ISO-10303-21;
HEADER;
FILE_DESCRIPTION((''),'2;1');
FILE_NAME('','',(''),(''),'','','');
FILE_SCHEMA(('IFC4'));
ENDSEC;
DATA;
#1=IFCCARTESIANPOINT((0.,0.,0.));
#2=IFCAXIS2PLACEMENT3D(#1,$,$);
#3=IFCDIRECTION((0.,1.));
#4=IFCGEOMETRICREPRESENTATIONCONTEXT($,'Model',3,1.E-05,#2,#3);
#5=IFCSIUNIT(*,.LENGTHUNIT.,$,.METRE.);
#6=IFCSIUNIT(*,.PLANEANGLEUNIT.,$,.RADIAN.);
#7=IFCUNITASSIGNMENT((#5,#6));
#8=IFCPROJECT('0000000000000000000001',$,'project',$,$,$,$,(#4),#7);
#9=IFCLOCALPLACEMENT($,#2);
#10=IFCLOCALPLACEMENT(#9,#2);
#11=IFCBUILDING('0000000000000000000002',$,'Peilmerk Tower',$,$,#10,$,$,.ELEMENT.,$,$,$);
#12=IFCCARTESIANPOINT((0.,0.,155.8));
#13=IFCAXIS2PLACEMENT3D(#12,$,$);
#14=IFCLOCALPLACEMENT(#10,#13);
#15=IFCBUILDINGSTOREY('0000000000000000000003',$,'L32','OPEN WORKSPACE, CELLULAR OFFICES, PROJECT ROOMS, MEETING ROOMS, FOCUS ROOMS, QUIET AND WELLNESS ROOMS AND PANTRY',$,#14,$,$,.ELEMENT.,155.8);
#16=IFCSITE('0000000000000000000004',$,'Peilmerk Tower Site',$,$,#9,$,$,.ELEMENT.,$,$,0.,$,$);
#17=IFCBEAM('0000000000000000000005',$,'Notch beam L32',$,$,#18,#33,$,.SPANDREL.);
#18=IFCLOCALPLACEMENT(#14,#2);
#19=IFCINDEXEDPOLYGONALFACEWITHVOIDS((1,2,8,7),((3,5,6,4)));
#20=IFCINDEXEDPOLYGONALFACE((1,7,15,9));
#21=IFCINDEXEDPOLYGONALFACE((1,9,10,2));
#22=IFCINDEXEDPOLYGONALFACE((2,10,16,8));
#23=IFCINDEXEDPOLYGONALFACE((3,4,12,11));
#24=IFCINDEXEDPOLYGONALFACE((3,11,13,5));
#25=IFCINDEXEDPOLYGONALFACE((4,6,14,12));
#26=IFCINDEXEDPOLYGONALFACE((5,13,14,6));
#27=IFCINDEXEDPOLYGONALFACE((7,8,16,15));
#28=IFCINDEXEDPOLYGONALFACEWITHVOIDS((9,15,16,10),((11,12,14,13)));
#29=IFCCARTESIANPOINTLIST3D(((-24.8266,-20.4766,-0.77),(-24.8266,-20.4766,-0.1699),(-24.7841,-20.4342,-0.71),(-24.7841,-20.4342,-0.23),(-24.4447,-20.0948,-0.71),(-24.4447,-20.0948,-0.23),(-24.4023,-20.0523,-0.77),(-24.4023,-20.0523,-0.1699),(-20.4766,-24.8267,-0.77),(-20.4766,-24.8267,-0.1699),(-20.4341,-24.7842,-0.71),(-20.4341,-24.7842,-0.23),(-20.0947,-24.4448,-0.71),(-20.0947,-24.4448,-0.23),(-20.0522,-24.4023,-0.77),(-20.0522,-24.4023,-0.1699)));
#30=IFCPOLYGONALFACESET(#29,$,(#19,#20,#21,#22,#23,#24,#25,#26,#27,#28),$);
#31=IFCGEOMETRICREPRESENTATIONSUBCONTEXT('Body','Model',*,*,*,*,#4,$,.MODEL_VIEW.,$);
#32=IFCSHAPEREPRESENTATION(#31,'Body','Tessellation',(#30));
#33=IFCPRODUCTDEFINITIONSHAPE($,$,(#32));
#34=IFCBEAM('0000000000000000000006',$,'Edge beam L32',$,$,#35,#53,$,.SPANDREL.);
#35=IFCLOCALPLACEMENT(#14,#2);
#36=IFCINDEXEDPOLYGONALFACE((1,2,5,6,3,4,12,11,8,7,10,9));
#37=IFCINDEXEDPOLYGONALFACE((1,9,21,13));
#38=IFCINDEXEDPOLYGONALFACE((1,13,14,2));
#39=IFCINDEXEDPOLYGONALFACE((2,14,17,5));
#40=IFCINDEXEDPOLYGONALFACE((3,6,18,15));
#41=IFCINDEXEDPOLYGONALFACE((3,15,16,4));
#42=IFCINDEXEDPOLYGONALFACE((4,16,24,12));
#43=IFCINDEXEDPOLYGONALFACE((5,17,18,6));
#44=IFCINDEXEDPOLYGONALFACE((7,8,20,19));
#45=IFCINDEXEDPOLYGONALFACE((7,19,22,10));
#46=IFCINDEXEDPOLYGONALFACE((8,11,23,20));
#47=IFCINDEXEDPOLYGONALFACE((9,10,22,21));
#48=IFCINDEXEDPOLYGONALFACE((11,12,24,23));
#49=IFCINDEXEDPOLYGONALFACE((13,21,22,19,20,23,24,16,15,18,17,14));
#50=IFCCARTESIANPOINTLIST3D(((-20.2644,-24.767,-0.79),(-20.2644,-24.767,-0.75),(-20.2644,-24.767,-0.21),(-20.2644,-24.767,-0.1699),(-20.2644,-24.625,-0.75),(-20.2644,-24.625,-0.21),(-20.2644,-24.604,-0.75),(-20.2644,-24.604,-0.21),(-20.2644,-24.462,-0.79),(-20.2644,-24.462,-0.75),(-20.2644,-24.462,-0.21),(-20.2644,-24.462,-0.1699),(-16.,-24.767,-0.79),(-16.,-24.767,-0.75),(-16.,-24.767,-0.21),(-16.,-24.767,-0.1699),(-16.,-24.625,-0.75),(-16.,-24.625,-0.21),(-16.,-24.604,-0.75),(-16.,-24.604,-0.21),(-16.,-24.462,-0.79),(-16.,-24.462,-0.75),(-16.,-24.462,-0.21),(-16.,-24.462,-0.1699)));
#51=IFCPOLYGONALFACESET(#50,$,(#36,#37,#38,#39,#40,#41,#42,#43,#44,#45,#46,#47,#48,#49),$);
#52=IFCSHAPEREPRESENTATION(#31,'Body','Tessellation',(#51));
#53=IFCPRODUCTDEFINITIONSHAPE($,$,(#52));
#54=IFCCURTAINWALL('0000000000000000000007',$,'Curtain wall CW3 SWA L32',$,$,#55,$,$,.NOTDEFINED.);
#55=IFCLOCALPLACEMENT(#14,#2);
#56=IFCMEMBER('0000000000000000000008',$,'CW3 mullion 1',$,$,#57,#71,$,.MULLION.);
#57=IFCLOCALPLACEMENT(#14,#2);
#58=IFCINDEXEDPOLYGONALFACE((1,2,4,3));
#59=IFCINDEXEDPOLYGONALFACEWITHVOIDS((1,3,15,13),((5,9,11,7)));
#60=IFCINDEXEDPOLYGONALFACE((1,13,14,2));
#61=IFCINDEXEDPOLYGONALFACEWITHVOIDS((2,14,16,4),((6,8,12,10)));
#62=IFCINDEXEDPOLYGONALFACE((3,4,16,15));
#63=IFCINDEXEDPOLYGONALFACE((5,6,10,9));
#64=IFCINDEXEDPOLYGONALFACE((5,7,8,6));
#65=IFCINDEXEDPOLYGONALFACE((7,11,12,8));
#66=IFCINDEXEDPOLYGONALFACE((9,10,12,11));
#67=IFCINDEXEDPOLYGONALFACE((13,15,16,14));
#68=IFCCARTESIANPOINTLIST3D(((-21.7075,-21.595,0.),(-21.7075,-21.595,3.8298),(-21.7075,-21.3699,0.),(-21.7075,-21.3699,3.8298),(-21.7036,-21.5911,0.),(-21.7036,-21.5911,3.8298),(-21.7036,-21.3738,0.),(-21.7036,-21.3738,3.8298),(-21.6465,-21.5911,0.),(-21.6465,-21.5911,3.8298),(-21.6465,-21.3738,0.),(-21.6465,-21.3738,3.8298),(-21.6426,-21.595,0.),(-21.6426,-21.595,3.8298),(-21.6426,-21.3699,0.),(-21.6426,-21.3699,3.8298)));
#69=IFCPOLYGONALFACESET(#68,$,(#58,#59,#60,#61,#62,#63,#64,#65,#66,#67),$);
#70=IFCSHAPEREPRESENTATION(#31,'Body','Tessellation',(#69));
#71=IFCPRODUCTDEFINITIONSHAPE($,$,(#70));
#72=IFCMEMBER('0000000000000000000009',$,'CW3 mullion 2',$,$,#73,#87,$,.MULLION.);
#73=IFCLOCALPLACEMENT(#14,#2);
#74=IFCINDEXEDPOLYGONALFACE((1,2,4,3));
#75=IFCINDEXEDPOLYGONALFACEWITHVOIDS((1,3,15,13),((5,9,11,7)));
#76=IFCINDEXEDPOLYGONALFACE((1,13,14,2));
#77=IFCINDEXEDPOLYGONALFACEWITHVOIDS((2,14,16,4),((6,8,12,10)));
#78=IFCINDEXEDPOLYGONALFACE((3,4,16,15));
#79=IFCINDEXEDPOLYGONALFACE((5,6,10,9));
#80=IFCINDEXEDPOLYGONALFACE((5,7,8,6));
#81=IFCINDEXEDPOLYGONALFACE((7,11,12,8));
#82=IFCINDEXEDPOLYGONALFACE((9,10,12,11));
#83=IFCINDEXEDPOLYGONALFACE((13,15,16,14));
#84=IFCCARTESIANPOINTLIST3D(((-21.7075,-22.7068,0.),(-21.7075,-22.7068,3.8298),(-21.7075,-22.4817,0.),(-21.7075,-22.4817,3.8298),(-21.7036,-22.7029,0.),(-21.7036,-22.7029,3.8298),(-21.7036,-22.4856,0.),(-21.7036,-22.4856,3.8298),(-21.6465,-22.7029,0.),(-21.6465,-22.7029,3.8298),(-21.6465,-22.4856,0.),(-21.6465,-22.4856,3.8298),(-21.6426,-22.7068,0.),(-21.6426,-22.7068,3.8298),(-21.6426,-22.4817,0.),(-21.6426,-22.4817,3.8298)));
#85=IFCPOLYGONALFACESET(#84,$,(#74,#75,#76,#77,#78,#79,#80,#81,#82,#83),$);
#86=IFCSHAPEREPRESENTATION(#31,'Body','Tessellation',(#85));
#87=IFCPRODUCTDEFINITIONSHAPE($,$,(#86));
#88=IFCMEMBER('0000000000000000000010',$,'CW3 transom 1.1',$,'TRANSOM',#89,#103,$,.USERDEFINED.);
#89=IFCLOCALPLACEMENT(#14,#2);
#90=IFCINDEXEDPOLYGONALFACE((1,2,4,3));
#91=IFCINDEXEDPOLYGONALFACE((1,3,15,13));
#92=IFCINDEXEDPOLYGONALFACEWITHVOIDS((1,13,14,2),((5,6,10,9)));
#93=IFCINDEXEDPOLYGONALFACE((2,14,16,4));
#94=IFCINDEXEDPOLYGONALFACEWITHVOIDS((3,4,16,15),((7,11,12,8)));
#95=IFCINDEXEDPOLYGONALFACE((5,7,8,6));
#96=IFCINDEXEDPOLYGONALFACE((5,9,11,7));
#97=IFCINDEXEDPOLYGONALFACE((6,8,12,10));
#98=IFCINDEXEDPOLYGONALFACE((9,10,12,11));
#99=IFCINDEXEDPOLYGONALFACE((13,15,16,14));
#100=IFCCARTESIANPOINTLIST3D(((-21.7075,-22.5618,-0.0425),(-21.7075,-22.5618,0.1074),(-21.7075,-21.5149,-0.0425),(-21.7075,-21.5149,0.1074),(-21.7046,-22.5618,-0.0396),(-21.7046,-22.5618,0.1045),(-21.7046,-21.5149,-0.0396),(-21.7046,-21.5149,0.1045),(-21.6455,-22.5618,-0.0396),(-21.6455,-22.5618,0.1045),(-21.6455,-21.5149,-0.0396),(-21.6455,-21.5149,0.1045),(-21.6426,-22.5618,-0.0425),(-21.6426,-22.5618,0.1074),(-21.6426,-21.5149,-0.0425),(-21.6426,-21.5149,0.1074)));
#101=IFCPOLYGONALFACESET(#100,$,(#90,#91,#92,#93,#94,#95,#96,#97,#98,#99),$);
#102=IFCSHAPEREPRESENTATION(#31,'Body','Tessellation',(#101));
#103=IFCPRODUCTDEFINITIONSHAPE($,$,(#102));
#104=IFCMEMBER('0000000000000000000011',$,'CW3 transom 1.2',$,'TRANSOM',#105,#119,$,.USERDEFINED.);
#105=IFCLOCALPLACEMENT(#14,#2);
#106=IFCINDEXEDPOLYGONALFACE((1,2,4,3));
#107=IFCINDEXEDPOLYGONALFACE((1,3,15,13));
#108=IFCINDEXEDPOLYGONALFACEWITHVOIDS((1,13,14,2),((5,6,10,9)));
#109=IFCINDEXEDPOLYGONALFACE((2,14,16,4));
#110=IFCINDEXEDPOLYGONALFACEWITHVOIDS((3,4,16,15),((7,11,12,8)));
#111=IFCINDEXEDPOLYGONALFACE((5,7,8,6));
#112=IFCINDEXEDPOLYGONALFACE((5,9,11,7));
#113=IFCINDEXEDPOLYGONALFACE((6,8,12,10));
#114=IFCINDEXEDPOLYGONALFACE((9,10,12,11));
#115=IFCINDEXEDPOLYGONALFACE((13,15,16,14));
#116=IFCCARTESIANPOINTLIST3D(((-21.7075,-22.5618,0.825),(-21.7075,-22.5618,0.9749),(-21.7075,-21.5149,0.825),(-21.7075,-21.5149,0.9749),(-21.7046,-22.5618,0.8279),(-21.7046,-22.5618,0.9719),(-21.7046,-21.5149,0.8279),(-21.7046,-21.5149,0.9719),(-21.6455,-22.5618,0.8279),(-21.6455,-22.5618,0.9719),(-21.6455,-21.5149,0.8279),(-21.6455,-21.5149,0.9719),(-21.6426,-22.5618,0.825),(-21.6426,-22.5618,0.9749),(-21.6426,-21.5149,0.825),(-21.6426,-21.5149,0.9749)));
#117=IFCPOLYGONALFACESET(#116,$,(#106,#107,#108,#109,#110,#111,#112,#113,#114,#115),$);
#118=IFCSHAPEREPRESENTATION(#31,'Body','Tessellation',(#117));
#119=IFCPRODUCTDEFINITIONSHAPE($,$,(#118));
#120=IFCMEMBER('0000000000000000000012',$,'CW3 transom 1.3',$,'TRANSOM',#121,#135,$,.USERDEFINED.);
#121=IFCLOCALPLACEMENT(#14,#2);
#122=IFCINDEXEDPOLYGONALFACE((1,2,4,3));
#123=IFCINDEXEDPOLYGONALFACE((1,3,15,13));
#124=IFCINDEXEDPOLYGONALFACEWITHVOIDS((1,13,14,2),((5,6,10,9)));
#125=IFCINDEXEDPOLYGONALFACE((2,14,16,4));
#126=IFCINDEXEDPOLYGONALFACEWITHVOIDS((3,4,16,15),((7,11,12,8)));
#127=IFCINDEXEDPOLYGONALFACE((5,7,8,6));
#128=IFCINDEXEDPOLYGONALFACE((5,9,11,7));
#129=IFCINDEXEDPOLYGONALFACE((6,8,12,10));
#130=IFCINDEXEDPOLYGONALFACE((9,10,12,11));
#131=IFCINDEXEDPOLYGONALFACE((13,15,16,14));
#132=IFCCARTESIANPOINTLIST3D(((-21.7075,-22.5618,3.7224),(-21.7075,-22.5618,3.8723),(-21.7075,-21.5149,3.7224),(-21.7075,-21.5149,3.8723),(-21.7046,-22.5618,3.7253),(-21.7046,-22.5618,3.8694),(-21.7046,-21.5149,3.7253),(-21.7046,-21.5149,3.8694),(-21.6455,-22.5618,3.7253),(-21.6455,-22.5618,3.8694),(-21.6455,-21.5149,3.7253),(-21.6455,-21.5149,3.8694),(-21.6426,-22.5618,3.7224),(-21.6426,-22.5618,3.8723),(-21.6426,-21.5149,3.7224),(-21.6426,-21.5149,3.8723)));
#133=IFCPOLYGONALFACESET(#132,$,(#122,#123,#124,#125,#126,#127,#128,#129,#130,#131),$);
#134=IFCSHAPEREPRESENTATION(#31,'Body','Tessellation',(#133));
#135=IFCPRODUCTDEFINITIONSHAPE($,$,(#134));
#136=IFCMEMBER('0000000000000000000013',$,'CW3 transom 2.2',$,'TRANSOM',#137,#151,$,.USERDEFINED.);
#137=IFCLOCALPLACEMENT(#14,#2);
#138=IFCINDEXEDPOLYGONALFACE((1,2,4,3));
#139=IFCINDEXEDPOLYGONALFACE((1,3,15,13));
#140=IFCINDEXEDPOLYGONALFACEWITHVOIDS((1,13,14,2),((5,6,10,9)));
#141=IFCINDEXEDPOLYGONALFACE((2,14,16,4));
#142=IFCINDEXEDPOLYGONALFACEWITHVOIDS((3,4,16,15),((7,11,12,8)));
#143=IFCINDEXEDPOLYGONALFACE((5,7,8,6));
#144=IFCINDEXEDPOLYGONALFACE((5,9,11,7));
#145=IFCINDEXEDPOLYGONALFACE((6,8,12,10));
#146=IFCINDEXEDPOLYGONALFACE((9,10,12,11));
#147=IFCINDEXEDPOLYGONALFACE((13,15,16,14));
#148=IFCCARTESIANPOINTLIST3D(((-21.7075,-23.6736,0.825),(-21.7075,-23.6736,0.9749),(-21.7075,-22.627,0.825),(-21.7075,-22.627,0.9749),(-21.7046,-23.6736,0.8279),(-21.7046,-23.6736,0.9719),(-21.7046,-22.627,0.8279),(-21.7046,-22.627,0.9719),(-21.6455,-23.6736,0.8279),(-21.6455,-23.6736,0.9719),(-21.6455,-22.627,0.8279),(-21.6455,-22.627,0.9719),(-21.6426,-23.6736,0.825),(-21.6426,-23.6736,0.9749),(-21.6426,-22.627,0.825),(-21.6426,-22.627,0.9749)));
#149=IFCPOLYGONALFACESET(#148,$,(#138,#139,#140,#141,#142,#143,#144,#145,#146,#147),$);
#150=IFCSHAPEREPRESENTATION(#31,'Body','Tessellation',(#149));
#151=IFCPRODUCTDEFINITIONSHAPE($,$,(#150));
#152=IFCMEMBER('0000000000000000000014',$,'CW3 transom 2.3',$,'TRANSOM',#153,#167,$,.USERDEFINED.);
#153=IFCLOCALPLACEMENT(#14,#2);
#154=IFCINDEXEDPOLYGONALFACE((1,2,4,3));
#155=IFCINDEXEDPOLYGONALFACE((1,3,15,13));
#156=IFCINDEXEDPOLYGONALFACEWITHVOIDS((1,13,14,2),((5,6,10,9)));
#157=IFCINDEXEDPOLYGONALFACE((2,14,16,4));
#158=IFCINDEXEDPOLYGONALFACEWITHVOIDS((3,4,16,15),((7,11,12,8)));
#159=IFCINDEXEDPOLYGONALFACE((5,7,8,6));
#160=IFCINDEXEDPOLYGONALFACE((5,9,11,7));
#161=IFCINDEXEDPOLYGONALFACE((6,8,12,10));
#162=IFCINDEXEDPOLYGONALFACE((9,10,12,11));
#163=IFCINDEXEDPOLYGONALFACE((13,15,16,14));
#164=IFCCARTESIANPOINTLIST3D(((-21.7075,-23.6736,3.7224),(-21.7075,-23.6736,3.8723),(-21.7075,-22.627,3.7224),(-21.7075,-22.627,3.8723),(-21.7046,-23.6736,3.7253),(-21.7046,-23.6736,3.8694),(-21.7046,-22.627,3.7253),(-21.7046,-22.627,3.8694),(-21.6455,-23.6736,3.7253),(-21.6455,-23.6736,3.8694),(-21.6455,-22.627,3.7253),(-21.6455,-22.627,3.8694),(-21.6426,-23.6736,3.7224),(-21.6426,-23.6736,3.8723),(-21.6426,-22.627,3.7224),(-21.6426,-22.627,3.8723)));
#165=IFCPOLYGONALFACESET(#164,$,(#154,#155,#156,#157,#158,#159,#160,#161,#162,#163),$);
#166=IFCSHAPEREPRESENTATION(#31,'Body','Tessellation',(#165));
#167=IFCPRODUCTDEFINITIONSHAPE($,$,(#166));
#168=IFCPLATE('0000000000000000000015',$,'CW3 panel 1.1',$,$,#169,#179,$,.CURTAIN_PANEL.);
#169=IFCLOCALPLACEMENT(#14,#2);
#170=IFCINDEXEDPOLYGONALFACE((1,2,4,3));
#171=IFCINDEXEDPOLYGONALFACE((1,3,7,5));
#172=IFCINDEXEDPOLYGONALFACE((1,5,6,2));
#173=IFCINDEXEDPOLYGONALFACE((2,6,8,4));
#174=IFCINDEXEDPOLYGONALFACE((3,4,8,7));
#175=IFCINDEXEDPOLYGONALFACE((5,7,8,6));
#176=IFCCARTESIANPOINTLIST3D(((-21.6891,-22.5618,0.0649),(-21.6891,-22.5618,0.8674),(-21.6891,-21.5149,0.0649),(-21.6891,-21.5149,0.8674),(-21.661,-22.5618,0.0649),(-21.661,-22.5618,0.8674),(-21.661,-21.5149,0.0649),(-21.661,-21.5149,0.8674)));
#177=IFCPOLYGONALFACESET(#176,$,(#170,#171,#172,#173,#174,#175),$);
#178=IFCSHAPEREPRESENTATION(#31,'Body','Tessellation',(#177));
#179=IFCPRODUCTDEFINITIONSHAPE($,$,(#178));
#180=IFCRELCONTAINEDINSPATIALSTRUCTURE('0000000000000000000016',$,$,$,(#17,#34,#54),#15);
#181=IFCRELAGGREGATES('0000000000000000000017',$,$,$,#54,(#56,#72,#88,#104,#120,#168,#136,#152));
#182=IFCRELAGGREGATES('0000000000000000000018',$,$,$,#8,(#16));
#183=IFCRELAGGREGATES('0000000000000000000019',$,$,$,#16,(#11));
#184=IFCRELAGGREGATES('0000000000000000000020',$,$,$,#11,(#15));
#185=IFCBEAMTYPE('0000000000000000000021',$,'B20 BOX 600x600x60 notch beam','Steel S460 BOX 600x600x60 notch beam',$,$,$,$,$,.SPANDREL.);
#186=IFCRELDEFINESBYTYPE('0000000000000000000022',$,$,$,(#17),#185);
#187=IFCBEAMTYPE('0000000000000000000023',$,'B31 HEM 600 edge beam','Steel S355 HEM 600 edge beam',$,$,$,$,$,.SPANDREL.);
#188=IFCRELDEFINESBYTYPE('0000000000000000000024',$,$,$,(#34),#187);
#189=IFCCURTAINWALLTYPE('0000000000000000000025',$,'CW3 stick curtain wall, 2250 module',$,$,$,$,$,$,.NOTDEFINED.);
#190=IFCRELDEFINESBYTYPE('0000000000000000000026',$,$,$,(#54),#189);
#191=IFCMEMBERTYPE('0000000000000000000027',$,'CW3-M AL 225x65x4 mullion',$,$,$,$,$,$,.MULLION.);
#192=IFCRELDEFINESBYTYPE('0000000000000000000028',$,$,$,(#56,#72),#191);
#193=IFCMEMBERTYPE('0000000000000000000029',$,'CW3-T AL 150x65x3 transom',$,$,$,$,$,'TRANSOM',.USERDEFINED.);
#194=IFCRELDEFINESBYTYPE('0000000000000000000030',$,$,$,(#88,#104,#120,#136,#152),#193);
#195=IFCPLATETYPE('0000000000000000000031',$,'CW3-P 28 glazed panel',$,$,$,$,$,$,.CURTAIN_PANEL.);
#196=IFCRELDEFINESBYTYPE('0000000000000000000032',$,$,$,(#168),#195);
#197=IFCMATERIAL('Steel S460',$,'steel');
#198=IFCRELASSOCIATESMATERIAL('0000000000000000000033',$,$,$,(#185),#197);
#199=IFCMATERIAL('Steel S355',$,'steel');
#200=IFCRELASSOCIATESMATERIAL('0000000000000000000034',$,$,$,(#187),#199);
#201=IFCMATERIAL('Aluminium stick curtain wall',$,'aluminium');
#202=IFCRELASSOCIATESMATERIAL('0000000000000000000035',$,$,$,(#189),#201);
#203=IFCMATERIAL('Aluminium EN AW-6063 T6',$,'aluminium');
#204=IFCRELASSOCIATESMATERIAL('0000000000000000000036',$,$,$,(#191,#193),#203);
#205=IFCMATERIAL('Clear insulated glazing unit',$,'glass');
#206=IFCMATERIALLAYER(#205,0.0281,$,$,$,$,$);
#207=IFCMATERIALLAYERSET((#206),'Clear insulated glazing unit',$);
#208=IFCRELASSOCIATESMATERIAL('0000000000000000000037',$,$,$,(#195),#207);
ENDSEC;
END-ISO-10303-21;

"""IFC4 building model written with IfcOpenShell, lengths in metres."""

from ifc_helpers import new_model, si_unit, direction, frame, origin, origin_2d, place, context, subcontext, project, spatial, rectangle, hollow_rectangle, i_section, extrude, material, layer, layer_set, material_profile, profile_set, type_object, element, aggregate, save


model = new_model("IFC4")

# Units and contexts
model_context = context("Model", 3, precision=1e-05, world=origin(), true_north=direction((0.0, 1.0)))
body_context = subcontext(model_context, "Body", "Model", "MODEL_VIEW")
ifc_project = project(units=[si_unit("LENGTHUNIT", "METRE"), si_unit("PLANEANGLEUNIT", "RADIAN")], contexts=[model_context])

# Site, building, storey
site_placement = place(None, origin())
site = spatial("IfcSite", under=ifc_project, at=site_placement, Name="Peilmerk Tower Site", CompositionType="ELEMENT", RefElevation=0.0)
building_placement = place(site_placement, origin())
building = spatial("IfcBuilding", under=site, at=building_placement, Name="Peilmerk Tower", CompositionType="ELEMENT")
storey_placement = place(building_placement, frame((0.0, 0.0, 155.8)))
storey = spatial("IfcBuildingStorey", under=building, at=storey_placement, Name="L32", Description="OPEN WORKSPACE, CELLULAR OFFICES, PROJECT ROOMS, MEETING ROOMS, FOCUS ROOMS, QUIET AND WELLNESS ROOMS AND PANTRY", CompositionType="ELEMENT", Elevation=155.8)

# Shared definitions
ifc_material_1 = material(Name="Steel S460", Category="steel")

# Beams
ifc_material_2 = material(Name="Steel S355", Category="steel")
ifc_material_profile_1 = material_profile(ifc_material_1, hollow_rectangle(XDim=0.6001, YDim=0.6001, WallThickness=0.0601, at=origin_2d()), Name="BOX 600x600x60")
ifc_profile_set_1 = profile_set([ifc_material_profile_1], Name="Steel S460")
beam_type_1 = type_object("IfcBeamType", Name="B20 BOX 600x600x60 notch beam", Description="Steel S460 BOX 600x600x60 notch beam", PredefinedType="SPANDREL", material=ifc_profile_set_1)
beam_1_placement = place(storey_placement, frame((-20.2644, -24.6145, -0.47), z_axis=(-0.707107, 0.707107, 0.0), x_axis=(-0.707107, -0.707107, 0.0)))
element("IfcBeam", 1, at=beam_1_placement, inside=storey, type_object=beam_type_1, Name="Notch beam L32", PredefinedType="SPANDREL", context=body_context, shape_type="SweptSolid", body=[
    extrude(hollow_rectangle(XDim=0.6001, YDim=0.6001, WallThickness=0.0601, at=origin_2d()), origin(), (0.0, 0.0, 1.0), 6.1519),
])
ifc_material_profile_2 = material_profile(ifc_material_2, i_section(OverallWidth=0.3049, OverallDepth=0.6201, WebThickness=0.021, FlangeThickness=0.04, at=origin_2d()), Name="HEM 600")
ifc_profile_set_2 = profile_set([ifc_material_profile_2], Name="Steel S355")
beam_type_2 = type_object("IfcBeamType", Name="B31 HEM 600 edge beam", Description="Steel S355 HEM 600 edge beam", PredefinedType="SPANDREL", material=ifc_profile_set_2)
beam_2_placement = place(storey_placement, frame((-20.2644, -24.6145, -0.48), z_axis=(1.0, 0.0, 0.0), x_axis=(0.0, 1.0, 0.0)))
element("IfcBeam", 2, at=beam_2_placement, inside=storey, type_object=beam_type_2, Name="Edge beam L32", PredefinedType="SPANDREL", context=body_context, shape_type="SweptSolid", body=[
    extrude(i_section(OverallWidth=0.3049, OverallDepth=0.6201, WebThickness=0.021, FlangeThickness=0.04, at=origin_2d()), origin(), (0.0, 0.0, 1.0), 4.2644),
])

# Curtain wall, members, plate
ifc_material_3 = material(Name="Aluminium stick curtain wall", Category="aluminium")
curtain_wall_type = type_object("IfcCurtainWallType", Name="CW3 stick curtain wall, 2250 module", PredefinedType="NOTDEFINED", material=ifc_material_3)
curtain_wall_placement = place(storey_placement, origin())
curtain_wall = element("IfcCurtainWall", 3, at=curtain_wall_placement, inside=storey, type_object=curtain_wall_type, Name="Curtain wall CW3 SWA L32", PredefinedType="NOTDEFINED")
ifc_material_4 = material(Name="Aluminium EN AW-6063 T6", Category="aluminium")
ifc_material_profile_3 = material_profile(ifc_material_4, hollow_rectangle(XDim=0.0649, YDim=0.2251, WallThickness=0.0039, at=origin_2d()), Name="AL 225x65x4")
ifc_profile_set_3 = profile_set([ifc_material_profile_3], Name="Aluminium EN AW-6063 T6")
member_type_1 = type_object("IfcMemberType", Name="CW3-M AL 225x65x4 mullion", PredefinedType="MULLION", material=ifc_profile_set_3)
member_1_placement = place(storey_placement, frame((-21.675, -21.4824, 0.0), z_axis=(0.0, 0.0, 1.0), x_axis=(1.0, 0.0, 0.0)))
member_1 = element("IfcMember", 4, at=member_1_placement, type_object=member_type_1, Name="CW3 mullion 1", PredefinedType="MULLION", context=body_context, shape_type="SweptSolid", body=[
    extrude(hollow_rectangle(XDim=0.0649, YDim=0.2251, WallThickness=0.0039, at=origin_2d()), origin(), (0.0, 0.0, 1.0), 3.8298),
])
member_2_placement = place(storey_placement, frame((-21.675, -22.5942, 0.0), z_axis=(0.0, 0.0, 1.0), x_axis=(1.0, 0.0, 0.0)))
member_2 = element("IfcMember", 5, at=member_2_placement, type_object=member_type_1, Name="CW3 mullion 2", PredefinedType="MULLION", context=body_context, shape_type="SweptSolid", body=[
    extrude(hollow_rectangle(XDim=0.0649, YDim=0.2251, WallThickness=0.0039, at=origin_2d()), origin(), (0.0, 0.0, 1.0), 3.8298),
])
ifc_material_profile_4 = material_profile(ifc_material_4, hollow_rectangle(XDim=0.0649, YDim=0.1499, WallThickness=0.0029, at=origin_2d()), Name="AL 150x65x3")
ifc_profile_set_4 = profile_set([ifc_material_profile_4], Name="Aluminium EN AW-6063 T6")
member_type_2 = type_object("IfcMemberType", Name="CW3-T AL 150x65x3 transom", ElementType="TRANSOM", PredefinedType="USERDEFINED", material=ifc_profile_set_4)
member_3_placement = place(storey_placement, frame((-21.675, -21.5149, 0.0325), z_axis=(0.0, -1.0, 0.0), x_axis=(1.0, 0.0, 0.0)))
member_3 = element("IfcMember", 6, at=member_3_placement, type_object=member_type_2, Name="CW3 transom 1.1", ObjectType="TRANSOM", PredefinedType="USERDEFINED", context=body_context, shape_type="SweptSolid", body=[
    extrude(hollow_rectangle(XDim=0.0649, YDim=0.1499, WallThickness=0.0029, at=origin_2d()), origin(), (0.0, 0.0, 1.0), 1.0469),
])
member_4_placement = place(storey_placement, frame((-21.675, -21.5149, 0.8999), z_axis=(0.0, -1.0, 0.0), x_axis=(1.0, 0.0, 0.0)))
member_4 = element("IfcMember", 7, at=member_4_placement, type_object=member_type_2, Name="CW3 transom 1.2", ObjectType="TRANSOM", PredefinedType="USERDEFINED", context=body_context, shape_type="SweptSolid", body=[
    extrude(hollow_rectangle(XDim=0.0649, YDim=0.1499, WallThickness=0.0029, at=origin_2d()), origin(), (0.0, 0.0, 1.0), 1.0469),
])
member_5_placement = place(storey_placement, frame((-21.675, -21.5149, 3.7974), z_axis=(0.0, -1.0, 0.0), x_axis=(1.0, 0.0, 0.0)))
member_5 = element("IfcMember", 8, at=member_5_placement, type_object=member_type_2, Name="CW3 transom 1.3", ObjectType="TRANSOM", PredefinedType="USERDEFINED", context=body_context, shape_type="SweptSolid", body=[
    extrude(hollow_rectangle(XDim=0.0649, YDim=0.1499, WallThickness=0.0029, at=origin_2d()), origin(), (0.0, 0.0, 1.0), 1.0469),
])
member_6_placement = place(storey_placement, frame((-21.675, -22.627, 0.8999), z_axis=(0.0, -1.0, 0.0), x_axis=(1.0, 0.0, 0.0)))
member_6 = element("IfcMember", 9, at=member_6_placement, type_object=member_type_2, Name="CW3 transom 2.2", ObjectType="TRANSOM", PredefinedType="USERDEFINED", context=body_context, shape_type="SweptSolid", body=[
    extrude(hollow_rectangle(XDim=0.0649, YDim=0.1499, WallThickness=0.0029, at=origin_2d()), origin(), (0.0, 0.0, 1.0), 1.0466),
])
member_7_placement = place(storey_placement, frame((-21.675, -22.627, 3.7974), z_axis=(0.0, -1.0, 0.0), x_axis=(1.0, 0.0, 0.0)))
member_7 = element("IfcMember", 10, at=member_7_placement, type_object=member_type_2, Name="CW3 transom 2.3", ObjectType="TRANSOM", PredefinedType="USERDEFINED", context=body_context, shape_type="SweptSolid", body=[
    extrude(hollow_rectangle(XDim=0.0649, YDim=0.1499, WallThickness=0.0029, at=origin_2d()), origin(), (0.0, 0.0, 1.0), 1.0466),
])
ifc_material_5 = material(Name="Clear insulated glazing unit", Category="glass")
ifc_layer_1 = layer(ifc_material_5, 0.0281)
ifc_layer_set_1 = layer_set([ifc_layer_1], Name="Clear insulated glazing unit")
plate_type = type_object("IfcPlateType", Name="CW3-P 28 glazed panel", PredefinedType="CURTAIN_PANEL", material=ifc_layer_set_1)
plate_1_placement = place(storey_placement, frame((-21.675, -22.0383, 0.0649), z_axis=(0.0, 0.0, 1.0), x_axis=(0.0, -1.0, 0.0)))
plate_1 = element("IfcPlate", 11, at=plate_1_placement, type_object=plate_type, Name="CW3 panel 1.1", PredefinedType="CURTAIN_PANEL", context=body_context, shape_type="SweptSolid", body=[
    extrude(rectangle(XDim=1.0469, YDim=0.0281, at=origin_2d()), origin(), (0.0, 0.0, 1.0), 0.8025),
])
aggregate(curtain_wall, [member_1, member_2, member_3, member_4, member_5, plate_1, member_6, member_7])

save(model, "model.ifc")
